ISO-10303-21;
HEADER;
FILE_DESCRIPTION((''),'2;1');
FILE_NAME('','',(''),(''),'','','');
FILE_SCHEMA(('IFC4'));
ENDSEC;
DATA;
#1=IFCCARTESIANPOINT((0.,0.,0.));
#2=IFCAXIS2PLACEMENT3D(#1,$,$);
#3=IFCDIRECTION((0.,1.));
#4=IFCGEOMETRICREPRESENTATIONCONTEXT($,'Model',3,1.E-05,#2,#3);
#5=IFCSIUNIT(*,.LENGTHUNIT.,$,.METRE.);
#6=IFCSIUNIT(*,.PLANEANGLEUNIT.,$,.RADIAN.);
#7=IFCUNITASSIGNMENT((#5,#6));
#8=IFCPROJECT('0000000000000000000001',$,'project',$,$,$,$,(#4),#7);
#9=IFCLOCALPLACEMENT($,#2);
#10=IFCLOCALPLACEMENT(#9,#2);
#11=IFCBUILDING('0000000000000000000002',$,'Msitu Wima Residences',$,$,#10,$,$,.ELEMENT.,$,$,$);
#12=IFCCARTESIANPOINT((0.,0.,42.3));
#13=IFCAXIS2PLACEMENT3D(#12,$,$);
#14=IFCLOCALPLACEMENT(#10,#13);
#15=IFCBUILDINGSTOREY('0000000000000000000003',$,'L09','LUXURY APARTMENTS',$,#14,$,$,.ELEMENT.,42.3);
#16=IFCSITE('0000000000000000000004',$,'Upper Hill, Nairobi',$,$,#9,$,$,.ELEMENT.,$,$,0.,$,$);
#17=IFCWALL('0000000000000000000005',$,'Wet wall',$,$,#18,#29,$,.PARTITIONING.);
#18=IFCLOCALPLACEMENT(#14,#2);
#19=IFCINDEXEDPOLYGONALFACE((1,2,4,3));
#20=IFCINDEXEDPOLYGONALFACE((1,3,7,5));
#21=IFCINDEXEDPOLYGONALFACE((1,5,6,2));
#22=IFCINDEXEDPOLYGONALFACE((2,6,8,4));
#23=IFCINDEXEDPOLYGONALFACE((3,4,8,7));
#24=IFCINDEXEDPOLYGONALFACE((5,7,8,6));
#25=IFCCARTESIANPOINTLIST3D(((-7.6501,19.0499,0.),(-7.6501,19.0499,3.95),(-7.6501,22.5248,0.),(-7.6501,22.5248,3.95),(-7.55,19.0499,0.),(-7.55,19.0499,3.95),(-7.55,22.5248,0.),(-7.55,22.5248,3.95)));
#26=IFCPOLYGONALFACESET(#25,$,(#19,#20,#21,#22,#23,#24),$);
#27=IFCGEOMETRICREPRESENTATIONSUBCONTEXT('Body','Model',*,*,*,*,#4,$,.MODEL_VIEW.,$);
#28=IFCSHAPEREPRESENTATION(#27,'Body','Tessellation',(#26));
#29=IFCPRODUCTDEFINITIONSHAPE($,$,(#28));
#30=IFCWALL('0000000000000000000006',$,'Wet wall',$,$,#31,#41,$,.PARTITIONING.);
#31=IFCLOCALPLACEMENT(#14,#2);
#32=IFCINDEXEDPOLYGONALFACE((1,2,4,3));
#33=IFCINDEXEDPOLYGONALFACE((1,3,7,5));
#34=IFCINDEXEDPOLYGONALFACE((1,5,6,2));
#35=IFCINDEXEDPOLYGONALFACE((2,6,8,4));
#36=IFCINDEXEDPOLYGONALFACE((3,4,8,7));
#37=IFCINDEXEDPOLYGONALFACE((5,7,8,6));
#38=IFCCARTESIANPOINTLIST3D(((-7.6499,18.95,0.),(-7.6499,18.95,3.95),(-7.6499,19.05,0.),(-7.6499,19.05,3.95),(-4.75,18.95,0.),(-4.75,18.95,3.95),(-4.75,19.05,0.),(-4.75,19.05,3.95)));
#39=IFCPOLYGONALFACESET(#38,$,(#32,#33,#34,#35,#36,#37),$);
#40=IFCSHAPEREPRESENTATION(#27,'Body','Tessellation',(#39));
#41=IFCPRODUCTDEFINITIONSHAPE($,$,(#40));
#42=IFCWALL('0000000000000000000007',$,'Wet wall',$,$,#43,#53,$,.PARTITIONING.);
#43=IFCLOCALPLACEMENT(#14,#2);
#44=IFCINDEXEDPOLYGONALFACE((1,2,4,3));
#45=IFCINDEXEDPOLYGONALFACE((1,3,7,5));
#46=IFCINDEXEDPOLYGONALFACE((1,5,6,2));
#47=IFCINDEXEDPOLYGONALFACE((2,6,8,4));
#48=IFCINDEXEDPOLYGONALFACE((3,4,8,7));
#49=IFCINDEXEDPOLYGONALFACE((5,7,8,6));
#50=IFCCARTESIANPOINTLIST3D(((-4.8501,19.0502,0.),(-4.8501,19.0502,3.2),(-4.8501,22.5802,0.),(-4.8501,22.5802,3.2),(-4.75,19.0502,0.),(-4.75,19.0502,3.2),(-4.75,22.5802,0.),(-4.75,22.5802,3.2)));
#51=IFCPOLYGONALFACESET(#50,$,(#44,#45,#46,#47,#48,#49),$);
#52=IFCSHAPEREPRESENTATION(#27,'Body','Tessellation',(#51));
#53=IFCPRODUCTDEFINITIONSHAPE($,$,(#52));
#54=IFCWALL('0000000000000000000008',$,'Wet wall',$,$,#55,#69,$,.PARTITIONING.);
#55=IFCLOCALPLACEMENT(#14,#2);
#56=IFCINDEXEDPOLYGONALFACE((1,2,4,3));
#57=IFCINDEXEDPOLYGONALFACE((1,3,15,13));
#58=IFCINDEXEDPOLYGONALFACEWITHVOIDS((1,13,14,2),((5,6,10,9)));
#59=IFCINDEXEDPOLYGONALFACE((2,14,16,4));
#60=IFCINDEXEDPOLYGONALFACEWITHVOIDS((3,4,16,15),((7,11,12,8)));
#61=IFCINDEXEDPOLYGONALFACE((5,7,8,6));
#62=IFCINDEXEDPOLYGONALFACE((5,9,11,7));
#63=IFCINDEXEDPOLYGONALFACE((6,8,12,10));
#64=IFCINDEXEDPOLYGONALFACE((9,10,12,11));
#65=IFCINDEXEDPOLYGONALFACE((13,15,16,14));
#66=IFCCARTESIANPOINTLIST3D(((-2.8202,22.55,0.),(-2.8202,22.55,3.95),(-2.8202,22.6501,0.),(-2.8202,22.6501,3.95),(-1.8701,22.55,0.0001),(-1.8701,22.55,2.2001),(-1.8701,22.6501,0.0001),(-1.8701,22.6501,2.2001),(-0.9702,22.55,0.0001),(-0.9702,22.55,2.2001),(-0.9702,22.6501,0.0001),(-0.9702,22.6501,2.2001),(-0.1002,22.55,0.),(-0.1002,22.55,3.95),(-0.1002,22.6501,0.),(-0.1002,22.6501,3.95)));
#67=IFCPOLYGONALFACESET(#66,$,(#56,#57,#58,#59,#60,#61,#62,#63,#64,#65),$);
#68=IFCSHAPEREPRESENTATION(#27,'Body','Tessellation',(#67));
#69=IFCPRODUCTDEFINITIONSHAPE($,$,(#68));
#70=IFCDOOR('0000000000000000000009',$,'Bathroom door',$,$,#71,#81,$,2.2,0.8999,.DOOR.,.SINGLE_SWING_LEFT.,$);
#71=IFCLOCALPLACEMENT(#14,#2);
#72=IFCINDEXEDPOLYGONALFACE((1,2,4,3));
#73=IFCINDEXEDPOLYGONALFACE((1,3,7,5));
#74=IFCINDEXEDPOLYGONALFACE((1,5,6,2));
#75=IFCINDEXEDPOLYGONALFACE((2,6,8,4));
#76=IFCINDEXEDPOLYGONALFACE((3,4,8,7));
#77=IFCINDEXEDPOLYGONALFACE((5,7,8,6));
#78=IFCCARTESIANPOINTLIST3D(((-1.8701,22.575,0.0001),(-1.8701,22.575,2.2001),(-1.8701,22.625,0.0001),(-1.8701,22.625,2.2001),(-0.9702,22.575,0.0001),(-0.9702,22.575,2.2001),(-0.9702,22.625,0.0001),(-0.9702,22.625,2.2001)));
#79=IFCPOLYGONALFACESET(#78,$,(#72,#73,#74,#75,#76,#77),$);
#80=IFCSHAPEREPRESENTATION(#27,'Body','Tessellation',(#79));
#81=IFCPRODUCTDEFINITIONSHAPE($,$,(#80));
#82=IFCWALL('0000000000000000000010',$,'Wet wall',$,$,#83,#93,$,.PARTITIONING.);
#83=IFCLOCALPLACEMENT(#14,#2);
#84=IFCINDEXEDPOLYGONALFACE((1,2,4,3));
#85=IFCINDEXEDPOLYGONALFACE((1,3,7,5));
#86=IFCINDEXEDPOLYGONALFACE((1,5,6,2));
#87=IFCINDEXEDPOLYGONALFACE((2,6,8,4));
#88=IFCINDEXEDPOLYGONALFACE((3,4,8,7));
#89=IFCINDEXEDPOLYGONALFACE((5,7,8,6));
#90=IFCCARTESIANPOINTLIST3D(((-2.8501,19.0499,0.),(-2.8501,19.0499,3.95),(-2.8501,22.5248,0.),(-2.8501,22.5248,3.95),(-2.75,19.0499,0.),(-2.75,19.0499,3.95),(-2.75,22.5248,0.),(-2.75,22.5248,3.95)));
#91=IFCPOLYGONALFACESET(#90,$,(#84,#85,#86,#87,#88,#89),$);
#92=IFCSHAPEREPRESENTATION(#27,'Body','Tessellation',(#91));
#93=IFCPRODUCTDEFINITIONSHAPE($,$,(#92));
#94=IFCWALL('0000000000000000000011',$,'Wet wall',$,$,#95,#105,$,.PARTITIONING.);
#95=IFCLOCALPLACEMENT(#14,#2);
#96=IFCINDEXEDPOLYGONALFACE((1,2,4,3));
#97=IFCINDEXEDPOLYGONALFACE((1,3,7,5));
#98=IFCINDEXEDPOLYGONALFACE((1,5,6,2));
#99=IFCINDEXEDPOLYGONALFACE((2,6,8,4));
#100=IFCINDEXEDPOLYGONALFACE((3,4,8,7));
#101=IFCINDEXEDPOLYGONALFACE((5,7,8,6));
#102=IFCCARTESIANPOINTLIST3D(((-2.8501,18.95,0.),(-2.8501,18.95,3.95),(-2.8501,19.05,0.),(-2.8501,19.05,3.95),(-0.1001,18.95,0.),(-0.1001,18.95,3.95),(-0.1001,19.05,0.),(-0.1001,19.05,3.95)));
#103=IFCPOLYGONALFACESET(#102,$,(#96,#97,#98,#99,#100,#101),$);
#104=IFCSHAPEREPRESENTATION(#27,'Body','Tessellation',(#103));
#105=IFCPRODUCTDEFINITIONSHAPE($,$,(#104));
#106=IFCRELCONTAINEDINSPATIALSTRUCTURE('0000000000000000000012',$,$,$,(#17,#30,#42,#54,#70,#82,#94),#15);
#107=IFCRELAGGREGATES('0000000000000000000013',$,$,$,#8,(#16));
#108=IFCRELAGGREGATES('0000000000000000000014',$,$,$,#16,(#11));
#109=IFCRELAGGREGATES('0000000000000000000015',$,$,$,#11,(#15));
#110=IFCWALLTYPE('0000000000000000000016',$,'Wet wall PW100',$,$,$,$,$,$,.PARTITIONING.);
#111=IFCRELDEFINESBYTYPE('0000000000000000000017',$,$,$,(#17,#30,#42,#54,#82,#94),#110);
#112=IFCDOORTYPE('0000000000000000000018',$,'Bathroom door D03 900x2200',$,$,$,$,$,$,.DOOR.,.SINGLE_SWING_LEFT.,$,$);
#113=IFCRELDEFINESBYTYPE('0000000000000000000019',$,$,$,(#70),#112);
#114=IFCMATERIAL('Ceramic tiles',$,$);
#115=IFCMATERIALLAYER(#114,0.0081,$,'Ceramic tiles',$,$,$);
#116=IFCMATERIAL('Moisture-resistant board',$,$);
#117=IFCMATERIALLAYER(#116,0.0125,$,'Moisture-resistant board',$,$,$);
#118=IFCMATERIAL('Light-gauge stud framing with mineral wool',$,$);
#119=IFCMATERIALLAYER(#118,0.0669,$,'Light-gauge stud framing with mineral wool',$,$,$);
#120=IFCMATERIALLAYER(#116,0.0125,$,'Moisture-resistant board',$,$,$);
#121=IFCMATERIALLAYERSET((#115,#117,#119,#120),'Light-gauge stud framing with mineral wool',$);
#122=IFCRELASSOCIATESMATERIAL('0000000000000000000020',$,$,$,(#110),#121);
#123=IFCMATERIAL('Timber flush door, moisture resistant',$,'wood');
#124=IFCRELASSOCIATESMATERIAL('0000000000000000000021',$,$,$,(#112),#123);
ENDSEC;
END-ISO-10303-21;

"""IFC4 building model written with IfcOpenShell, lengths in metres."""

from ifc_helpers import new_model, si_unit, direction, frame, frame_2d, origin, place, context, subcontext, project, spatial, rectangle, extrude, material, layer, layer_set, type_object, element, fill, save


model = new_model("IFC4")

# Units and contexts
model_context = context("Model", 3, precision=1e-05, world=origin(), true_north=direction((0.0, 1.0)))
body_context = subcontext(model_context, "Body", "Model", "MODEL_VIEW")
ifc_project = project(units=[si_unit("LENGTHUNIT", "METRE"), si_unit("PLANEANGLEUNIT", "RADIAN")], contexts=[model_context])

# Site, building, storey
site_placement = place(None, origin())
site = spatial("IfcSite", under=ifc_project, at=site_placement, Name="Upper Hill, Nairobi", CompositionType="ELEMENT", RefElevation=0.0)
building_placement = place(site_placement, origin())
building = spatial("IfcBuilding", under=site, at=building_placement, Name="Msitu Wima Residences", CompositionType="ELEMENT")
storey_placement = place(building_placement, frame((0.0, 0.0, 42.3)))
storey = spatial("IfcBuildingStorey", under=building, at=storey_placement, Name="L09", Description="LUXURY APARTMENTS", CompositionType="ELEMENT", Elevation=42.3)

# Shared definitions
ifc_material_1 = material(Name="Ceramic tiles")
ifc_layer_1 = layer(ifc_material_1, 0.0081, Name="Ceramic tiles")
ifc_material_2 = material(Name="Moisture-resistant board")
ifc_layer_2 = layer(ifc_material_2, 0.0125, Name="Moisture-resistant board")
ifc_material_3 = material(Name="Light-gauge stud framing with mineral wool")
ifc_layer_3 = layer(ifc_material_3, 0.0669, Name="Light-gauge stud framing with mineral wool")
ifc_layer_4 = layer(ifc_material_2, 0.0125, Name="Moisture-resistant board")
ifc_layer_set_1 = layer_set([ifc_layer_1, ifc_layer_2, ifc_layer_3, ifc_layer_4], Name="Light-gauge stud framing with mineral wool")
wall_type_1 = type_object("IfcWallType", Name="Wet wall PW100", PredefinedType="PARTITIONING", material=ifc_layer_set_1)

# Shared definitions
ifc_material_4 = material(Name="Timber flush door, moisture resistant", Category="wood")
door_type_1 = type_object("IfcDoorType", Name="Bathroom door D03 900x2200", OperationType="SINGLE_SWING_LEFT", PredefinedType="DOOR", material=ifc_material_4)

# Walls
wall_1_placement = place(storey_placement, frame((-7.6001, 19.05, 0.0), z_axis=(0.0, 0.0, 1.0), x_axis=(0.0, 1.0, 0.0)))
element("IfcWall", 1, at=wall_1_placement, inside=storey, type_object=wall_type_1, Name="Wet wall", PredefinedType="PARTITIONING", context=body_context, shape_type="SweptSolid", body=[
    extrude(rectangle(XDim=3.4749, YDim=0.1001, at=frame_2d((1.7373, 0.0))), origin(), (0.0, 0.0, 1.0), 3.95),
])
wall_2_placement = place(storey_placement, frame((-7.6499, 19.0, 0.0), z_axis=(0.0, 0.0, 1.0), x_axis=(1.0, 0.0, 0.0)))
element("IfcWall", 2, at=wall_2_placement, inside=storey, type_object=wall_type_1, Name="Wet wall", PredefinedType="PARTITIONING", context=body_context, shape_type="SweptSolid", body=[
    extrude(rectangle(XDim=2.8999, YDim=0.1001, at=frame_2d((1.45, 0.0))), origin(), (0.0, 0.0, 1.0), 3.95),
])
wall_3_placement = place(storey_placement, frame((-4.8, 19.05, 0.0), z_axis=(0.0, 0.0, 1.0), x_axis=(0.0, 1.0, 0.0)))
element("IfcWall", 3, at=wall_3_placement, inside=storey, type_object=wall_type_1, Name="Wet wall", PredefinedType="PARTITIONING", context=body_context, shape_type="SweptSolid", body=[
    extrude(rectangle(XDim=3.53, YDim=0.1001, at=frame_2d((1.7651, 0.0))), origin(), (0.0, 0.0, 1.0), 3.2),
])

# Wall, opening, door
wall_4_placement = place(storey_placement, frame((-2.8201, 22.6001, 0.0), z_axis=(0.0, 0.0, 1.0), x_axis=(1.0, 0.0, 0.0)))
wall_4 = element("IfcWall", 4, at=wall_4_placement, inside=storey, type_object=wall_type_1, Name="Wet wall", PredefinedType="PARTITIONING", context=body_context, shape_type="SweptSolid", body=[
    extrude(rectangle(XDim=2.72, YDim=0.1001, at=frame_2d((1.3599, 0.0))), origin(), (0.0, 0.0, 1.0), 3.95),
])
opening_1_placement = place(wall_4_placement, frame((0.95, 0.0, 0.0)))
opening_1 = element("IfcOpeningElement", 5, at=opening_1_placement, cuts=wall_4, PredefinedType="OPENING", context=body_context, shape_type="SweptSolid", body=[
    extrude(rectangle(XDim=0.8999, YDim=2.2, at=frame_2d((0.45, 1.1001))), frame((0.0, 0.0601, 0.0), z_axis=(0.0, -1.0, 0.0), x_axis=(1.0, 0.0, 0.0)), (0.0, 0.0, 1.0), 0.1201),
])
door_1_placement = place(opening_1_placement, origin())
door_1 = element("IfcDoor", 6, at=door_1_placement, inside=storey, type_object=door_type_1, Name="Bathroom door", OperationType="SINGLE_SWING_LEFT", OverallHeight=2.2, OverallWidth=0.8999, PredefinedType="DOOR", context=body_context, shape_type="SweptSolid", body=[
    extrude(rectangle(XDim=0.8999, YDim=2.2, at=frame_2d((0.45, 1.1001))), frame((0.0, 0.0249, 0.0), z_axis=(0.0, -1.0, 0.0), x_axis=(1.0, 0.0, 0.0)), (0.0, 0.0, 1.0), 0.05),
])
fill(opening_1, door_1)

# Walls
wall_5_placement = place(storey_placement, frame((-2.8, 19.05, 0.0), z_axis=(0.0, 0.0, 1.0), x_axis=(0.0, 1.0, 0.0)))
element("IfcWall", 7, at=wall_5_placement, inside=storey, type_object=wall_type_1, Name="Wet wall", PredefinedType="PARTITIONING", context=body_context, shape_type="SweptSolid", body=[
    extrude(rectangle(XDim=3.4749, YDim=0.1001, at=frame_2d((1.7373, 0.0))), origin(), (0.0, 0.0, 1.0), 3.95),
])
wall_6_placement = place(storey_placement, frame((-2.8501, 19.0, 0.0), z_axis=(0.0, 0.0, 1.0), x_axis=(1.0, 0.0, 0.0)))
element("IfcWall", 8, at=wall_6_placement, inside=storey, type_object=wall_type_1, Name="Wet wall", PredefinedType="PARTITIONING", context=body_context, shape_type="SweptSolid", body=[
    extrude(rectangle(XDim=2.75, YDim=0.1001, at=frame_2d((1.375, 0.0))), origin(), (0.0, 0.0, 1.0), 3.95),
])

save(model, "model.ifc")
